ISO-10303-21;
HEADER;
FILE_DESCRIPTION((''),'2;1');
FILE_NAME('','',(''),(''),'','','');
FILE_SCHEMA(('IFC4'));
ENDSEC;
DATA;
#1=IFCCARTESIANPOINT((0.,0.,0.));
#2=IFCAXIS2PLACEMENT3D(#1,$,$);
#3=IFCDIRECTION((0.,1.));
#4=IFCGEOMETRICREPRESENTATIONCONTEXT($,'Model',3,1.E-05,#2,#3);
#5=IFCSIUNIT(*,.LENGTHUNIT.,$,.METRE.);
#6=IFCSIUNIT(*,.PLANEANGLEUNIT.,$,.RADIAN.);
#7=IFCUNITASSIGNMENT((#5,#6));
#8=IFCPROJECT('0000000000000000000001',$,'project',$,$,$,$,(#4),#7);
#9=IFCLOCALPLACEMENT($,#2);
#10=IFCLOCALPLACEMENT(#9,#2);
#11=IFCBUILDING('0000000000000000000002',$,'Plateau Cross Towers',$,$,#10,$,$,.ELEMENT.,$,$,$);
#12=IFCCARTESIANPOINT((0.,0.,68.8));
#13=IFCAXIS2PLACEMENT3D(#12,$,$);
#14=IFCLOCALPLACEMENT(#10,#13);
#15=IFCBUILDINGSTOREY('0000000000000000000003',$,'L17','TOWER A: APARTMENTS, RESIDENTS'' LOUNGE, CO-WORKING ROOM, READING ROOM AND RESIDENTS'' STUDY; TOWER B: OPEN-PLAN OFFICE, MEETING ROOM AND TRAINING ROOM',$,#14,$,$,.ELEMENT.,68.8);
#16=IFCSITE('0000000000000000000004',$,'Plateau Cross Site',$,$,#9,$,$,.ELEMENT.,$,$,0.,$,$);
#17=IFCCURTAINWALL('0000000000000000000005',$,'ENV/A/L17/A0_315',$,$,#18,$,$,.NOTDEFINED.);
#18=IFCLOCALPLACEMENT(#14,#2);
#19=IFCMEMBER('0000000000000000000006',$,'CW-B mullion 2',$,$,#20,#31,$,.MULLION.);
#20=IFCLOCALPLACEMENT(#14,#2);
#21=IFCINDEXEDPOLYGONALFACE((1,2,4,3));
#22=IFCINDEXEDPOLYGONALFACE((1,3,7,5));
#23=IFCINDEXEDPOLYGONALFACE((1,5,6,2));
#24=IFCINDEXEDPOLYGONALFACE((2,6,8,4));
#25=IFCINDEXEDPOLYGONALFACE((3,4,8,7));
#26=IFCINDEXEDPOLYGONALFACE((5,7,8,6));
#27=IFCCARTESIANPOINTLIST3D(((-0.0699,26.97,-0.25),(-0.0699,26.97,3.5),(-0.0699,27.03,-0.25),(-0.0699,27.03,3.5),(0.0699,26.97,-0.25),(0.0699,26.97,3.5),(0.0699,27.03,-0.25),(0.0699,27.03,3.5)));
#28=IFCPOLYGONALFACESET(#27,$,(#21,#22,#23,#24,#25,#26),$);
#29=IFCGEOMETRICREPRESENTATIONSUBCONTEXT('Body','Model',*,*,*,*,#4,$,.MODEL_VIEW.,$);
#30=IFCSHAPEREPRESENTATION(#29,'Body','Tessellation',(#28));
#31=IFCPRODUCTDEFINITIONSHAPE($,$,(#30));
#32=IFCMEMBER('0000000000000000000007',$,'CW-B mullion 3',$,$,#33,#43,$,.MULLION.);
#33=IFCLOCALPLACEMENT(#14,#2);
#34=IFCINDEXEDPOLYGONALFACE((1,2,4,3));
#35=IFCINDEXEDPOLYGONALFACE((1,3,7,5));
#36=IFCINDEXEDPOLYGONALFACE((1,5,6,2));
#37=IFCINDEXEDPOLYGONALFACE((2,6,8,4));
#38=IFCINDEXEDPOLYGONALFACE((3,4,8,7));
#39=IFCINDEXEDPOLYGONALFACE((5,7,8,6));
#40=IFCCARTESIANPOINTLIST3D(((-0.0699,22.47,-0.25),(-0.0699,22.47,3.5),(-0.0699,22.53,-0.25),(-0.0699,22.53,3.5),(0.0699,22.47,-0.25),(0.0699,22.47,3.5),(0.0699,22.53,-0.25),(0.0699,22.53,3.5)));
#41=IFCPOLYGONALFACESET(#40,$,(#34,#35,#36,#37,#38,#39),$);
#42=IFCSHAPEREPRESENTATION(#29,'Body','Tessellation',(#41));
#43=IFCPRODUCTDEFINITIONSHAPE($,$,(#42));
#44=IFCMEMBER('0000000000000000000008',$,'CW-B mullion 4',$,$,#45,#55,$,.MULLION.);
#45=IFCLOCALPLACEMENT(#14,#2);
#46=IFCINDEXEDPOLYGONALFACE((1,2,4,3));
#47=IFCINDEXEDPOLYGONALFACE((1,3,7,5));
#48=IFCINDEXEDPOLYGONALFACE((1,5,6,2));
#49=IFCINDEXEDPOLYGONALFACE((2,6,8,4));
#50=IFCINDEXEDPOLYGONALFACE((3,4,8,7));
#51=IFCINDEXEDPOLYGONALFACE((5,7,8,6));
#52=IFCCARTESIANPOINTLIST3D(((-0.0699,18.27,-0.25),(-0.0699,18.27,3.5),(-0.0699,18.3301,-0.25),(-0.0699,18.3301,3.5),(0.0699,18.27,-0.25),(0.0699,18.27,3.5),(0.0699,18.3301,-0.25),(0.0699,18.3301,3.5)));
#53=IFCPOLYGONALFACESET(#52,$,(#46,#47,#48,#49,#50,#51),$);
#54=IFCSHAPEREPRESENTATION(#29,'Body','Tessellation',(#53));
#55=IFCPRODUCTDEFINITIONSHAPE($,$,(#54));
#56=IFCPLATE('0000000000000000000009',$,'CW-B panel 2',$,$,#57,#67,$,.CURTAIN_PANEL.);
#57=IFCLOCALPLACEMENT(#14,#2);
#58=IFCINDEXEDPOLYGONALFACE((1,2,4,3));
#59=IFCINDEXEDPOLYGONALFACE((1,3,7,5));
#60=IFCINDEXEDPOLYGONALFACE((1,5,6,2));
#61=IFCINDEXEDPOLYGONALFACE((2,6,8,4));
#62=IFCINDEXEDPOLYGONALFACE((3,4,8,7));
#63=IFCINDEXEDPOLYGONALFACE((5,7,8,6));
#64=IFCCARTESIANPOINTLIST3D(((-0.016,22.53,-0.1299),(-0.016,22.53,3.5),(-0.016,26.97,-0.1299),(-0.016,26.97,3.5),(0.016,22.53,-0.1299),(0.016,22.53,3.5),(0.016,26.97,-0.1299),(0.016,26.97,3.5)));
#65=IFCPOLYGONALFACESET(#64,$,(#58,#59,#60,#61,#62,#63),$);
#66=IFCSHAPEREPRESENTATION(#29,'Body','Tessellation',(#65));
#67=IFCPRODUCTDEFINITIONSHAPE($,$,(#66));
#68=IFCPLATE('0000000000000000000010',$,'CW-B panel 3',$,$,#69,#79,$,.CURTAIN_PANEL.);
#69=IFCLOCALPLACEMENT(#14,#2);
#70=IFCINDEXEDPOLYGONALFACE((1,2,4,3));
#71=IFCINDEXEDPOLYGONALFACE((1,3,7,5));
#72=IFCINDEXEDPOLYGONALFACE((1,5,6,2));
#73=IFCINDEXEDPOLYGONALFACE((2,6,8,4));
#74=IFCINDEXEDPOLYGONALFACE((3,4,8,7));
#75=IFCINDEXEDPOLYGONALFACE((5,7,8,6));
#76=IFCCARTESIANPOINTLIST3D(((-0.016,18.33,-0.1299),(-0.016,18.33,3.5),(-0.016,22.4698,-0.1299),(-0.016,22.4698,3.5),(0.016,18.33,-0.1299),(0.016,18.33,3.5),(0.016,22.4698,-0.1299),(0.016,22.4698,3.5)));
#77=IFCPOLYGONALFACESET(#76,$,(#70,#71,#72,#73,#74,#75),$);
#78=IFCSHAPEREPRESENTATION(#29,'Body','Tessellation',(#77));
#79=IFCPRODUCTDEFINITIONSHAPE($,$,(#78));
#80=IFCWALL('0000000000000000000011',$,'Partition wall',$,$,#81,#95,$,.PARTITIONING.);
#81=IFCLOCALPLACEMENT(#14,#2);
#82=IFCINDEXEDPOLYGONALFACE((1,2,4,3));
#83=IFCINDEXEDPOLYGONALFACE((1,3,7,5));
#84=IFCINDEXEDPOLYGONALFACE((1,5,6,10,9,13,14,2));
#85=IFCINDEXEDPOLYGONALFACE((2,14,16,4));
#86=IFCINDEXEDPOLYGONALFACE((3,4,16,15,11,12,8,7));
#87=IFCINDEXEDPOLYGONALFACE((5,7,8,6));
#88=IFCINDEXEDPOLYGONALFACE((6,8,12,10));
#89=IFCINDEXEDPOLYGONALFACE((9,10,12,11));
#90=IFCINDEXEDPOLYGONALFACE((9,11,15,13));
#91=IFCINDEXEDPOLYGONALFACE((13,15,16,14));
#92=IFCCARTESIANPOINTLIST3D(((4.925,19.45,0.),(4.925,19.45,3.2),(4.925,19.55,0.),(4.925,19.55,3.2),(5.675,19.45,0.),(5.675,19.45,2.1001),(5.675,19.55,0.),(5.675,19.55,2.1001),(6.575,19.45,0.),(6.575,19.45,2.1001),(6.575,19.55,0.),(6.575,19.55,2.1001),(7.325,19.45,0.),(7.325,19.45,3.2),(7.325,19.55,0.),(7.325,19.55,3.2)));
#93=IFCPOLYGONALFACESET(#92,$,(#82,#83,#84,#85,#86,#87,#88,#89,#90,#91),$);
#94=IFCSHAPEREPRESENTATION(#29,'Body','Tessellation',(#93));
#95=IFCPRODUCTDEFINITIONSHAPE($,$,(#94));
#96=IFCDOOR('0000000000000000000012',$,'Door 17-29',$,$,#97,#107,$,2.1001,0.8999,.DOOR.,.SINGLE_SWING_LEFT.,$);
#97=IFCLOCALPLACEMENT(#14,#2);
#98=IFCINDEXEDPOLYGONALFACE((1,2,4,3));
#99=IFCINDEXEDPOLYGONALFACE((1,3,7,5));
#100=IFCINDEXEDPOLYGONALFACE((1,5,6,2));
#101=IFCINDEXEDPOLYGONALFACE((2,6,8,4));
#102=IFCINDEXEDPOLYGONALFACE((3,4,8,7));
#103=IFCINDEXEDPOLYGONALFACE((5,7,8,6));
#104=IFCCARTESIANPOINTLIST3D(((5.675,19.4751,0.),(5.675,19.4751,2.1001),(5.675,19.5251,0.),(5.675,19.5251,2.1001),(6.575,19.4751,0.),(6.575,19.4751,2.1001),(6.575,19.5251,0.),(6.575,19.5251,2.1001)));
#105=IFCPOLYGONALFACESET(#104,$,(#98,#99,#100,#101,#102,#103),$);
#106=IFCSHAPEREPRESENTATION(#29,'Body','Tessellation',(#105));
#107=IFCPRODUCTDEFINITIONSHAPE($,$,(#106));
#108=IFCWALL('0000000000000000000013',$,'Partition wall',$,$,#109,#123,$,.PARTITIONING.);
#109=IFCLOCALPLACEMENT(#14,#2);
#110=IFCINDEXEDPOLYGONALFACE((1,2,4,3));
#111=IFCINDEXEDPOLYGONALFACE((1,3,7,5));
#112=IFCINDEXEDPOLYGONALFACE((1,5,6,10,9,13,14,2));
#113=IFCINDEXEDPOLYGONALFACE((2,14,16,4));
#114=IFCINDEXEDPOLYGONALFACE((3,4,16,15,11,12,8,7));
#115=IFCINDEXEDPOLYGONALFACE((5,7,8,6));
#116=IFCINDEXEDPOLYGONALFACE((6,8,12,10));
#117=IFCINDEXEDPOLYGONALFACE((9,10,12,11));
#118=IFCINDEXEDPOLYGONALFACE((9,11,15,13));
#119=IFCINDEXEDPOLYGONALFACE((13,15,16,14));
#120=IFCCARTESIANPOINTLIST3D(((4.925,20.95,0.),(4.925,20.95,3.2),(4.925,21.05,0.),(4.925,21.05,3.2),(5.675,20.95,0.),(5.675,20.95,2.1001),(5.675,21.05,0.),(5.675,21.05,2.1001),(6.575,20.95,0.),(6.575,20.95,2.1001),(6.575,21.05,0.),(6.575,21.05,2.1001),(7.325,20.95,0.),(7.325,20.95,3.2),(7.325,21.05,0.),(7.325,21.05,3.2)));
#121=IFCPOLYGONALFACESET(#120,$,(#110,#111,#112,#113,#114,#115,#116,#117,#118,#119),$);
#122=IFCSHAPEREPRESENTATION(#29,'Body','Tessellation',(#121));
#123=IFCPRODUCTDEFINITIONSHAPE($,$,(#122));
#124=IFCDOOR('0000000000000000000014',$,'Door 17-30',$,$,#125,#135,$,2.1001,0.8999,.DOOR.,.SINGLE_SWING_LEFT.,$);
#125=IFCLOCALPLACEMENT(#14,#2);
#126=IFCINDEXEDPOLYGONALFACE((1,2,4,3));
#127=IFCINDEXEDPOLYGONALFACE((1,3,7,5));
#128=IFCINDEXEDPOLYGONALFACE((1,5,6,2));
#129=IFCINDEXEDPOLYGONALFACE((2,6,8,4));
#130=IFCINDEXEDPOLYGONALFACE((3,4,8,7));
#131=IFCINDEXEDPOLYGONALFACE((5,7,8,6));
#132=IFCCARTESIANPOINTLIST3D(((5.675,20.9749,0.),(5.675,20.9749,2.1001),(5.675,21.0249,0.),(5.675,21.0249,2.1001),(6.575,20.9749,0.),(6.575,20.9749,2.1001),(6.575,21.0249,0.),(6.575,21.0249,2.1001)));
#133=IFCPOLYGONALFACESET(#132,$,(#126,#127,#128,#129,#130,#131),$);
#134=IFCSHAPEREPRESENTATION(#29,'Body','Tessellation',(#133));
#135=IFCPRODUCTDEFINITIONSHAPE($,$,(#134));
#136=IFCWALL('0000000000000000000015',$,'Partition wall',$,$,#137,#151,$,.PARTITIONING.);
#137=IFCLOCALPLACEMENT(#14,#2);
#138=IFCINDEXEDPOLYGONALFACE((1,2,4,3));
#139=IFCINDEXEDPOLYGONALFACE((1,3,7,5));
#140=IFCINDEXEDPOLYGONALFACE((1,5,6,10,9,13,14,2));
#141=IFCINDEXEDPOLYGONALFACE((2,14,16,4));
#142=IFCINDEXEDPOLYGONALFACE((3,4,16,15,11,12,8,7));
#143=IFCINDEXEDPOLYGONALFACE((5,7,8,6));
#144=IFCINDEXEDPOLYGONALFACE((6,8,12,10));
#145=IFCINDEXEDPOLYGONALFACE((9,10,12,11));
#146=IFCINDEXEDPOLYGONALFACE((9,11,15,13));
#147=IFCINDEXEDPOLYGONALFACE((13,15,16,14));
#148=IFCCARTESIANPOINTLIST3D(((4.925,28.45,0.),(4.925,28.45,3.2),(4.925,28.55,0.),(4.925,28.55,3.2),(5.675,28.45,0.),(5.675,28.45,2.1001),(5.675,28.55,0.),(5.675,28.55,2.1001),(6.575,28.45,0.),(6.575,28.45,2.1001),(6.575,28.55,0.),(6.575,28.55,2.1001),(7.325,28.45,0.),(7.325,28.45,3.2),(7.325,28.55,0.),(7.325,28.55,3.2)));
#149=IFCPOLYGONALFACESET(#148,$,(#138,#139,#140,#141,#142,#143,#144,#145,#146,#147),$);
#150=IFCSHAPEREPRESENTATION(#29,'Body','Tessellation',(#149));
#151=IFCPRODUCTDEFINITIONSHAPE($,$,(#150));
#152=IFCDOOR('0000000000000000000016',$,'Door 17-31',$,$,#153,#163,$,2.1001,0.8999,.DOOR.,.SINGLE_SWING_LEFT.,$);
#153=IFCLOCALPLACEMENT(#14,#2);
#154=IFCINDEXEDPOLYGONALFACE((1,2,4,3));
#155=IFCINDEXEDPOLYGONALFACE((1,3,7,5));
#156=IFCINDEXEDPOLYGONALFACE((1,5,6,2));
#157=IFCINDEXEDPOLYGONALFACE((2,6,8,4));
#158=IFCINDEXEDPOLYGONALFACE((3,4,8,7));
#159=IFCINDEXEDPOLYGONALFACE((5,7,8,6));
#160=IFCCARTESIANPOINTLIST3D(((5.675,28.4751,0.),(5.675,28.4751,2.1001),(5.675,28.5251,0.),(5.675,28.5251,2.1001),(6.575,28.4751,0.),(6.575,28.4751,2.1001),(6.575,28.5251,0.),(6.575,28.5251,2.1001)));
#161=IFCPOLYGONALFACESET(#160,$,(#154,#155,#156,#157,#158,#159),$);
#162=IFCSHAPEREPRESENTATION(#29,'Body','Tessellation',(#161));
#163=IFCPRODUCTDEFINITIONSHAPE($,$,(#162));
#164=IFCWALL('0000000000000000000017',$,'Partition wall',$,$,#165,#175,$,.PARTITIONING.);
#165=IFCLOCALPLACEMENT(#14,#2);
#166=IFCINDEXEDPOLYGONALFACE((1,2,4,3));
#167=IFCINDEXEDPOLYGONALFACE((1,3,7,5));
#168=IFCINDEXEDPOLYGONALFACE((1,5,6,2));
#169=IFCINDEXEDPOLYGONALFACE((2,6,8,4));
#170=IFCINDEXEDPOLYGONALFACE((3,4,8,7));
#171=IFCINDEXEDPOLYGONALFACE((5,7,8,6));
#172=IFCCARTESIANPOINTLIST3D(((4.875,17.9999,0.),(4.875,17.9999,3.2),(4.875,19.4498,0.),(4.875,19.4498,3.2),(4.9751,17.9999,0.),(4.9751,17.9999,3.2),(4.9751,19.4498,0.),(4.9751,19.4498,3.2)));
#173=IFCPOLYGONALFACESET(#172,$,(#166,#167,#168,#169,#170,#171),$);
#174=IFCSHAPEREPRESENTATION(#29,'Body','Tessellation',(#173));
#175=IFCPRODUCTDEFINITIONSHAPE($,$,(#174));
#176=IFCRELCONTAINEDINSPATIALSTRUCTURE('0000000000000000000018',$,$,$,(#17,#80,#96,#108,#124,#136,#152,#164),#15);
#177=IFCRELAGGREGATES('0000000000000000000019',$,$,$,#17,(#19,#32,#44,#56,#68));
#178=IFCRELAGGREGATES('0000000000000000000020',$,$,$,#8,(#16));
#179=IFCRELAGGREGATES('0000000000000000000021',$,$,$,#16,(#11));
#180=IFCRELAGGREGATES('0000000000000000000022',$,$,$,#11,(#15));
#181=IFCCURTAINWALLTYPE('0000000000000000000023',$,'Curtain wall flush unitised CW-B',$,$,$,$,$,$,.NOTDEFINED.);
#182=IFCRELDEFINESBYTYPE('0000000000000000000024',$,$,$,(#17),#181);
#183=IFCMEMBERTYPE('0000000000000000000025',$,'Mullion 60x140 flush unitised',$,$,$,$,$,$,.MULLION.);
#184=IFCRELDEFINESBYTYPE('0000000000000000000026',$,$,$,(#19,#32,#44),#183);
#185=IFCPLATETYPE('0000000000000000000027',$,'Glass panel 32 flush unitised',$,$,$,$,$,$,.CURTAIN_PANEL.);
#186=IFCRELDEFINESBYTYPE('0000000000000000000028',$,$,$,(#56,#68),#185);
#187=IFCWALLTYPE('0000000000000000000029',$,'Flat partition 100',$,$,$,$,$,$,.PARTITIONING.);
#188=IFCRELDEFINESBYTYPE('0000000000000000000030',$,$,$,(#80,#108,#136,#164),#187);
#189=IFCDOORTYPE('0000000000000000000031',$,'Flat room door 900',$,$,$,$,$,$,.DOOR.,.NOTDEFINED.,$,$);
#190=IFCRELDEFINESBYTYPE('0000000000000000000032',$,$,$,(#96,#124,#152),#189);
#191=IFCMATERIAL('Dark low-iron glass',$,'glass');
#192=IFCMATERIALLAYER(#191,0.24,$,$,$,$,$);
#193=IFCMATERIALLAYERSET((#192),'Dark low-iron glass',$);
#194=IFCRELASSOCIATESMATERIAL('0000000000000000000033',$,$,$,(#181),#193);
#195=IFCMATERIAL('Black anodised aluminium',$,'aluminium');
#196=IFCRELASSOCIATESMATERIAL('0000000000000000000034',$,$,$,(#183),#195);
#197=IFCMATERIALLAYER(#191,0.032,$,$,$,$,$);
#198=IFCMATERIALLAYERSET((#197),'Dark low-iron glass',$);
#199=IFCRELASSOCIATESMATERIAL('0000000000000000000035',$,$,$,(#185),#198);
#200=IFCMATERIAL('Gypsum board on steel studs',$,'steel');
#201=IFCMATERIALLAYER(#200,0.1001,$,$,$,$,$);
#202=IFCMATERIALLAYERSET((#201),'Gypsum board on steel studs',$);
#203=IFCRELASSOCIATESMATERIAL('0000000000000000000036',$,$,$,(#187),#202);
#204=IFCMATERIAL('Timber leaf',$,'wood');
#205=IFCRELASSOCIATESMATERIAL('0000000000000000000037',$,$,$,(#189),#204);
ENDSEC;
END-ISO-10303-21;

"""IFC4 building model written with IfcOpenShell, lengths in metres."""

from ifc_helpers import new_model, si_unit, direction, frame, frame_2d, origin, origin_2d, place, context, subcontext, project, spatial, rectangle, extrude, material, layer, layer_set, material_profile, profile_set, type_object, element, fill, aggregate, save


model = new_model("IFC4")

# Units and contexts
model_context = context("Model", 3, precision=1e-05, world=origin(), true_north=direction((0.0, 1.0)))
body_context = subcontext(model_context, "Body", "Model", "MODEL_VIEW")
ifc_project = project(units=[si_unit("LENGTHUNIT", "METRE"), si_unit("PLANEANGLEUNIT", "RADIAN")], contexts=[model_context])

# Site, building, storey
site_placement = place(None, origin())
site = spatial("IfcSite", under=ifc_project, at=site_placement, Name="Plateau Cross Site", CompositionType="ELEMENT", RefElevation=0.0)
building_placement = place(site_placement, origin())
building = spatial("IfcBuilding", under=site, at=building_placement, Name="Plateau Cross Towers", CompositionType="ELEMENT")
storey_placement = place(building_placement, frame((0.0, 0.0, 68.8)))
storey = spatial("IfcBuildingStorey", under=building, at=storey_placement, Name="L17", Description="TOWER A: APARTMENTS, RESIDENTS' LOUNGE, CO-WORKING ROOM, READING ROOM AND RESIDENTS' STUDY; TOWER B: OPEN-PLAN OFFICE, MEETING ROOM AND TRAINING ROOM", CompositionType="ELEMENT", Elevation=68.8)

# Curtain wall, members, plates
ifc_material_1 = material(Name="Dark low-iron glass", Category="glass")
ifc_layer_1 = layer(ifc_material_1, 0.24)
ifc_layer_set_1 = layer_set([ifc_layer_1], Name="Dark low-iron glass")
curtain_wall_type = type_object("IfcCurtainWallType", Name="Curtain wall flush unitised CW-B", PredefinedType="NOTDEFINED", material=ifc_layer_set_1)
curtain_wall_placement = place(storey_placement, origin())
curtain_wall = element("IfcCurtainWall", 1, at=curtain_wall_placement, inside=storey, type_object=curtain_wall_type, Name="ENV/A/L17/A0_315", PredefinedType="NOTDEFINED")
ifc_material_2 = material(Name="Black anodised aluminium", Category="aluminium")
ifc_material_profile = material_profile(ifc_material_2, rectangle(XDim=0.0601, YDim=0.1399, at=origin_2d()), Name="MULLION 60x140")
ifc_profile_set = profile_set([ifc_material_profile], Name="Black anodised aluminium")
member_type = type_object("IfcMemberType", Name="Mullion 60x140 flush unitised", PredefinedType="MULLION", material=ifc_profile_set)
member_1_placement = place(storey_placement, frame((0.0, 27.0, -0.25), z_axis=(0.0, 0.0, 1.0), x_axis=(0.0, -1.0, 0.0)))
member_1 = element("IfcMember", 2, at=member_1_placement, type_object=member_type, Name="CW-B mullion 2", PredefinedType="MULLION", context=body_context, shape_type="SweptSolid", body=[
    extrude(rectangle(XDim=0.0601, YDim=0.1399, at=origin_2d()), origin(), (0.0, 0.0, 1.0), 3.75),
])
member_2_placement = place(storey_placement, frame((0.0, 22.5, -0.25), z_axis=(0.0, 0.0, 1.0), x_axis=(0.0, -1.0, 0.0)))
member_2 = element("IfcMember", 3, at=member_2_placement, type_object=member_type, Name="CW-B mullion 3", PredefinedType="MULLION", context=body_context, shape_type="SweptSolid", body=[
    extrude(rectangle(XDim=0.0601, YDim=0.1399, at=origin_2d()), origin(), (0.0, 0.0, 1.0), 3.75),
])
member_3_placement = place(storey_placement, frame((0.0, 18.3, -0.25), z_axis=(0.0, 0.0, 1.0), x_axis=(0.0, -1.0, 0.0)))
member_3 = element("IfcMember", 4, at=member_3_placement, type_object=member_type, Name="CW-B mullion 4", PredefinedType="MULLION", context=body_context, shape_type="SweptSolid", body=[
    extrude(rectangle(XDim=0.0601, YDim=0.1399, at=origin_2d()), origin(), (0.0, 0.0, 1.0), 3.75),
])
ifc_layer_2 = layer(ifc_material_1, 0.032)
ifc_layer_set_2 = layer_set([ifc_layer_2], Name="Dark low-iron glass")
plate_type = type_object("IfcPlateType", Name="Glass panel 32 flush unitised", PredefinedType="CURTAIN_PANEL", material=ifc_layer_set_2)
plate_1_placement = place(storey_placement, frame((0.0, 24.75, -0.1299), z_axis=(0.0, 0.0, 1.0), x_axis=(0.0, -1.0, 0.0)))
plate_1 = element("IfcPlate", 5, at=plate_1_placement, type_object=plate_type, Name="CW-B panel 2", PredefinedType="CURTAIN_PANEL", context=body_context, shape_type="SweptSolid", body=[
    extrude(rectangle(XDim=4.4399, YDim=0.032, at=origin_2d()), origin(), (0.0, 0.0, 1.0), 3.6299),
])
plate_2_placement = place(storey_placement, frame((0.0, 20.3999, -0.1299), z_axis=(0.0, 0.0, 1.0), x_axis=(0.0, -1.0, 0.0)))
plate_2 = element("IfcPlate", 6, at=plate_2_placement, type_object=plate_type, Name="CW-B panel 3", PredefinedType="CURTAIN_PANEL", context=body_context, shape_type="SweptSolid", body=[
    extrude(rectangle(XDim=4.1399, YDim=0.032, at=origin_2d()), origin(), (0.0, 0.0, 1.0), 3.6299),
])
aggregate(curtain_wall, [member_1, member_2, member_3, plate_1, plate_2])

# Walls, openings, doors
ifc_material_3 = material(Name="Gypsum board on steel studs", Category="steel")
ifc_layer_3 = layer(ifc_material_3, 0.1001)
ifc_layer_set_3 = layer_set([ifc_layer_3], Name="Gypsum board on steel studs")
wall_type_1 = type_object("IfcWallType", Name="Flat partition 100", PredefinedType="PARTITIONING", material=ifc_layer_set_3)
wall_1_placement = place(storey_placement, frame((7.325, 19.5, 0.0), z_axis=(0.0, 0.0, 1.0), x_axis=(-1.0, 0.0, 0.0)))
wall_1 = element("IfcWall", 7, at=wall_1_placement, inside=storey, type_object=wall_type_1, Name="Partition wall", PredefinedType="PARTITIONING", context=body_context, shape_type="SweptSolid", body=[
    extrude(rectangle(XDim=2.3999, YDim=0.1001, at=frame_2d((1.2, 0.0))), origin(), (0.0, 0.0, 1.0), 3.2),
])
opening_1_placement = place(wall_1_placement, frame((0.75, 0.0, 0.0)))
opening_1 = element("IfcOpeningElement", 8, at=opening_1_placement, cuts=wall_1, PredefinedType="OPENING", context=body_context, shape_type="SweptSolid", body=[
    extrude(rectangle(XDim=0.8999, YDim=2.1001, at=frame_2d((0.45, 1.05))), frame((0.0, 0.0601, 0.0), z_axis=(0.0, -1.0, 0.0), x_axis=(1.0, 0.0, 0.0)), (0.0, 0.0, 1.0), 0.1201),
])
ifc_material_4 = material(Name="Timber leaf", Category="wood")
door_type = type_object("IfcDoorType", Name="Flat room door 900", OperationType="NOTDEFINED", PredefinedType="DOOR", material=ifc_material_4)
door_1_placement = place(opening_1_placement, origin())
door_1 = element("IfcDoor", 9, at=door_1_placement, inside=storey, type_object=door_type, Name="Door 17-29", OperationType="SINGLE_SWING_LEFT", OverallHeight=2.1001, OverallWidth=0.8999, PredefinedType="DOOR", context=body_context, shape_type="SweptSolid", body=[
    extrude(rectangle(XDim=0.8999, YDim=2.1001, at=frame_2d((0.45, 1.05))), frame((0.0, 0.0249, 0.0), z_axis=(0.0, -1.0, 0.0), x_axis=(1.0, 0.0, 0.0)), (0.0, 0.0, 1.0), 0.05),
])
fill(opening_1, door_1)
wall_2_placement = place(storey_placement, frame((4.925, 21.0, 0.0), z_axis=(0.0, 0.0, 1.0), x_axis=(1.0, 0.0, 0.0)))
wall_2 = element("IfcWall", 10, at=wall_2_placement, inside=storey, type_object=wall_type_1, Name="Partition wall", PredefinedType="PARTITIONING", context=body_context, shape_type="SweptSolid", body=[
    extrude(rectangle(XDim=2.3999, YDim=0.1001, at=frame_2d((1.2, 0.0))), origin(), (0.0, 0.0, 1.0), 3.2),
])
opening_2_placement = place(wall_2_placement, frame((0.75, 0.0, 0.0)))
opening_2 = element("IfcOpeningElement", 11, at=opening_2_placement, cuts=wall_2, PredefinedType="OPENING", context=body_context, shape_type="SweptSolid", body=[
    extrude(rectangle(XDim=0.8999, YDim=2.1001, at=frame_2d((0.45, 1.05))), frame((0.0, 0.0601, 0.0), z_axis=(0.0, -1.0, 0.0), x_axis=(1.0, 0.0, 0.0)), (0.0, 0.0, 1.0), 0.1201),
])
door_2_placement = place(opening_2_placement, origin())
door_2 = element("IfcDoor", 12, at=door_2_placement, inside=storey, type_object=door_type, Name="Door 17-30", OperationType="SINGLE_SWING_LEFT", OverallHeight=2.1001, OverallWidth=0.8999, PredefinedType="DOOR", context=body_context, shape_type="SweptSolid", body=[
    extrude(rectangle(XDim=0.8999, YDim=2.1001, at=frame_2d((0.45, 1.05))), frame((0.0, 0.0249, 0.0), z_axis=(0.0, -1.0, 0.0), x_axis=(1.0, 0.0, 0.0)), (0.0, 0.0, 1.0), 0.05),
])
fill(opening_2, door_2)
wall_3_placement = place(storey_placement, frame((7.325, 28.5, 0.0), z_axis=(0.0, 0.0, 1.0), x_axis=(-1.0, 0.0, 0.0)))
wall_3 = element("IfcWall", 13, at=wall_3_placement, inside=storey, type_object=wall_type_1, Name="Partition wall", PredefinedType="PARTITIONING", context=body_context, shape_type="SweptSolid", body=[
    extrude(rectangle(XDim=2.3999, YDim=0.1001, at=frame_2d((1.2, 0.0))), origin(), (0.0, 0.0, 1.0), 3.2),
])
opening_3_placement = place(wall_3_placement, frame((0.75, 0.0, 0.0)))
opening_3 = element("IfcOpeningElement", 14, at=opening_3_placement, cuts=wall_3, PredefinedType="OPENING", context=body_context, shape_type="SweptSolid", body=[
    extrude(rectangle(XDim=0.8999, YDim=2.1001, at=frame_2d((0.45, 1.05))), frame((0.0, 0.0601, 0.0), z_axis=(0.0, -1.0, 0.0), x_axis=(1.0, 0.0, 0.0)), (0.0, 0.0, 1.0), 0.1201),
])
door_3_placement = place(opening_3_placement, origin())
door_3 = element("IfcDoor", 15, at=door_3_placement, inside=storey, type_object=door_type, Name="Door 17-31", OperationType="SINGLE_SWING_LEFT", OverallHeight=2.1001, OverallWidth=0.8999, PredefinedType="DOOR", context=body_context, shape_type="SweptSolid", body=[
    extrude(rectangle(XDim=0.8999, YDim=2.1001, at=frame_2d((0.45, 1.05))), frame((0.0, 0.0249, 0.0), z_axis=(0.0, -1.0, 0.0), x_axis=(1.0, 0.0, 0.0)), (0.0, 0.0, 1.0), 0.05),
])
fill(opening_3, door_3)

# Wall
wall_4_placement = place(storey_placement, frame((4.925, 19.45, 0.0), z_axis=(0.0, 0.0, 1.0), x_axis=(0.0, -1.0, 0.0)))
element("IfcWall", 16, at=wall_4_placement, inside=storey, type_object=wall_type_1, Name="Partition wall", PredefinedType="PARTITIONING", context=body_context, shape_type="SweptSolid", body=[
    extrude(rectangle(XDim=1.45, YDim=0.1001, at=frame_2d((0.7251, 0.0))), origin(), (0.0, 0.0, 1.0), 3.2),
])

save(model, "model.ifc")
